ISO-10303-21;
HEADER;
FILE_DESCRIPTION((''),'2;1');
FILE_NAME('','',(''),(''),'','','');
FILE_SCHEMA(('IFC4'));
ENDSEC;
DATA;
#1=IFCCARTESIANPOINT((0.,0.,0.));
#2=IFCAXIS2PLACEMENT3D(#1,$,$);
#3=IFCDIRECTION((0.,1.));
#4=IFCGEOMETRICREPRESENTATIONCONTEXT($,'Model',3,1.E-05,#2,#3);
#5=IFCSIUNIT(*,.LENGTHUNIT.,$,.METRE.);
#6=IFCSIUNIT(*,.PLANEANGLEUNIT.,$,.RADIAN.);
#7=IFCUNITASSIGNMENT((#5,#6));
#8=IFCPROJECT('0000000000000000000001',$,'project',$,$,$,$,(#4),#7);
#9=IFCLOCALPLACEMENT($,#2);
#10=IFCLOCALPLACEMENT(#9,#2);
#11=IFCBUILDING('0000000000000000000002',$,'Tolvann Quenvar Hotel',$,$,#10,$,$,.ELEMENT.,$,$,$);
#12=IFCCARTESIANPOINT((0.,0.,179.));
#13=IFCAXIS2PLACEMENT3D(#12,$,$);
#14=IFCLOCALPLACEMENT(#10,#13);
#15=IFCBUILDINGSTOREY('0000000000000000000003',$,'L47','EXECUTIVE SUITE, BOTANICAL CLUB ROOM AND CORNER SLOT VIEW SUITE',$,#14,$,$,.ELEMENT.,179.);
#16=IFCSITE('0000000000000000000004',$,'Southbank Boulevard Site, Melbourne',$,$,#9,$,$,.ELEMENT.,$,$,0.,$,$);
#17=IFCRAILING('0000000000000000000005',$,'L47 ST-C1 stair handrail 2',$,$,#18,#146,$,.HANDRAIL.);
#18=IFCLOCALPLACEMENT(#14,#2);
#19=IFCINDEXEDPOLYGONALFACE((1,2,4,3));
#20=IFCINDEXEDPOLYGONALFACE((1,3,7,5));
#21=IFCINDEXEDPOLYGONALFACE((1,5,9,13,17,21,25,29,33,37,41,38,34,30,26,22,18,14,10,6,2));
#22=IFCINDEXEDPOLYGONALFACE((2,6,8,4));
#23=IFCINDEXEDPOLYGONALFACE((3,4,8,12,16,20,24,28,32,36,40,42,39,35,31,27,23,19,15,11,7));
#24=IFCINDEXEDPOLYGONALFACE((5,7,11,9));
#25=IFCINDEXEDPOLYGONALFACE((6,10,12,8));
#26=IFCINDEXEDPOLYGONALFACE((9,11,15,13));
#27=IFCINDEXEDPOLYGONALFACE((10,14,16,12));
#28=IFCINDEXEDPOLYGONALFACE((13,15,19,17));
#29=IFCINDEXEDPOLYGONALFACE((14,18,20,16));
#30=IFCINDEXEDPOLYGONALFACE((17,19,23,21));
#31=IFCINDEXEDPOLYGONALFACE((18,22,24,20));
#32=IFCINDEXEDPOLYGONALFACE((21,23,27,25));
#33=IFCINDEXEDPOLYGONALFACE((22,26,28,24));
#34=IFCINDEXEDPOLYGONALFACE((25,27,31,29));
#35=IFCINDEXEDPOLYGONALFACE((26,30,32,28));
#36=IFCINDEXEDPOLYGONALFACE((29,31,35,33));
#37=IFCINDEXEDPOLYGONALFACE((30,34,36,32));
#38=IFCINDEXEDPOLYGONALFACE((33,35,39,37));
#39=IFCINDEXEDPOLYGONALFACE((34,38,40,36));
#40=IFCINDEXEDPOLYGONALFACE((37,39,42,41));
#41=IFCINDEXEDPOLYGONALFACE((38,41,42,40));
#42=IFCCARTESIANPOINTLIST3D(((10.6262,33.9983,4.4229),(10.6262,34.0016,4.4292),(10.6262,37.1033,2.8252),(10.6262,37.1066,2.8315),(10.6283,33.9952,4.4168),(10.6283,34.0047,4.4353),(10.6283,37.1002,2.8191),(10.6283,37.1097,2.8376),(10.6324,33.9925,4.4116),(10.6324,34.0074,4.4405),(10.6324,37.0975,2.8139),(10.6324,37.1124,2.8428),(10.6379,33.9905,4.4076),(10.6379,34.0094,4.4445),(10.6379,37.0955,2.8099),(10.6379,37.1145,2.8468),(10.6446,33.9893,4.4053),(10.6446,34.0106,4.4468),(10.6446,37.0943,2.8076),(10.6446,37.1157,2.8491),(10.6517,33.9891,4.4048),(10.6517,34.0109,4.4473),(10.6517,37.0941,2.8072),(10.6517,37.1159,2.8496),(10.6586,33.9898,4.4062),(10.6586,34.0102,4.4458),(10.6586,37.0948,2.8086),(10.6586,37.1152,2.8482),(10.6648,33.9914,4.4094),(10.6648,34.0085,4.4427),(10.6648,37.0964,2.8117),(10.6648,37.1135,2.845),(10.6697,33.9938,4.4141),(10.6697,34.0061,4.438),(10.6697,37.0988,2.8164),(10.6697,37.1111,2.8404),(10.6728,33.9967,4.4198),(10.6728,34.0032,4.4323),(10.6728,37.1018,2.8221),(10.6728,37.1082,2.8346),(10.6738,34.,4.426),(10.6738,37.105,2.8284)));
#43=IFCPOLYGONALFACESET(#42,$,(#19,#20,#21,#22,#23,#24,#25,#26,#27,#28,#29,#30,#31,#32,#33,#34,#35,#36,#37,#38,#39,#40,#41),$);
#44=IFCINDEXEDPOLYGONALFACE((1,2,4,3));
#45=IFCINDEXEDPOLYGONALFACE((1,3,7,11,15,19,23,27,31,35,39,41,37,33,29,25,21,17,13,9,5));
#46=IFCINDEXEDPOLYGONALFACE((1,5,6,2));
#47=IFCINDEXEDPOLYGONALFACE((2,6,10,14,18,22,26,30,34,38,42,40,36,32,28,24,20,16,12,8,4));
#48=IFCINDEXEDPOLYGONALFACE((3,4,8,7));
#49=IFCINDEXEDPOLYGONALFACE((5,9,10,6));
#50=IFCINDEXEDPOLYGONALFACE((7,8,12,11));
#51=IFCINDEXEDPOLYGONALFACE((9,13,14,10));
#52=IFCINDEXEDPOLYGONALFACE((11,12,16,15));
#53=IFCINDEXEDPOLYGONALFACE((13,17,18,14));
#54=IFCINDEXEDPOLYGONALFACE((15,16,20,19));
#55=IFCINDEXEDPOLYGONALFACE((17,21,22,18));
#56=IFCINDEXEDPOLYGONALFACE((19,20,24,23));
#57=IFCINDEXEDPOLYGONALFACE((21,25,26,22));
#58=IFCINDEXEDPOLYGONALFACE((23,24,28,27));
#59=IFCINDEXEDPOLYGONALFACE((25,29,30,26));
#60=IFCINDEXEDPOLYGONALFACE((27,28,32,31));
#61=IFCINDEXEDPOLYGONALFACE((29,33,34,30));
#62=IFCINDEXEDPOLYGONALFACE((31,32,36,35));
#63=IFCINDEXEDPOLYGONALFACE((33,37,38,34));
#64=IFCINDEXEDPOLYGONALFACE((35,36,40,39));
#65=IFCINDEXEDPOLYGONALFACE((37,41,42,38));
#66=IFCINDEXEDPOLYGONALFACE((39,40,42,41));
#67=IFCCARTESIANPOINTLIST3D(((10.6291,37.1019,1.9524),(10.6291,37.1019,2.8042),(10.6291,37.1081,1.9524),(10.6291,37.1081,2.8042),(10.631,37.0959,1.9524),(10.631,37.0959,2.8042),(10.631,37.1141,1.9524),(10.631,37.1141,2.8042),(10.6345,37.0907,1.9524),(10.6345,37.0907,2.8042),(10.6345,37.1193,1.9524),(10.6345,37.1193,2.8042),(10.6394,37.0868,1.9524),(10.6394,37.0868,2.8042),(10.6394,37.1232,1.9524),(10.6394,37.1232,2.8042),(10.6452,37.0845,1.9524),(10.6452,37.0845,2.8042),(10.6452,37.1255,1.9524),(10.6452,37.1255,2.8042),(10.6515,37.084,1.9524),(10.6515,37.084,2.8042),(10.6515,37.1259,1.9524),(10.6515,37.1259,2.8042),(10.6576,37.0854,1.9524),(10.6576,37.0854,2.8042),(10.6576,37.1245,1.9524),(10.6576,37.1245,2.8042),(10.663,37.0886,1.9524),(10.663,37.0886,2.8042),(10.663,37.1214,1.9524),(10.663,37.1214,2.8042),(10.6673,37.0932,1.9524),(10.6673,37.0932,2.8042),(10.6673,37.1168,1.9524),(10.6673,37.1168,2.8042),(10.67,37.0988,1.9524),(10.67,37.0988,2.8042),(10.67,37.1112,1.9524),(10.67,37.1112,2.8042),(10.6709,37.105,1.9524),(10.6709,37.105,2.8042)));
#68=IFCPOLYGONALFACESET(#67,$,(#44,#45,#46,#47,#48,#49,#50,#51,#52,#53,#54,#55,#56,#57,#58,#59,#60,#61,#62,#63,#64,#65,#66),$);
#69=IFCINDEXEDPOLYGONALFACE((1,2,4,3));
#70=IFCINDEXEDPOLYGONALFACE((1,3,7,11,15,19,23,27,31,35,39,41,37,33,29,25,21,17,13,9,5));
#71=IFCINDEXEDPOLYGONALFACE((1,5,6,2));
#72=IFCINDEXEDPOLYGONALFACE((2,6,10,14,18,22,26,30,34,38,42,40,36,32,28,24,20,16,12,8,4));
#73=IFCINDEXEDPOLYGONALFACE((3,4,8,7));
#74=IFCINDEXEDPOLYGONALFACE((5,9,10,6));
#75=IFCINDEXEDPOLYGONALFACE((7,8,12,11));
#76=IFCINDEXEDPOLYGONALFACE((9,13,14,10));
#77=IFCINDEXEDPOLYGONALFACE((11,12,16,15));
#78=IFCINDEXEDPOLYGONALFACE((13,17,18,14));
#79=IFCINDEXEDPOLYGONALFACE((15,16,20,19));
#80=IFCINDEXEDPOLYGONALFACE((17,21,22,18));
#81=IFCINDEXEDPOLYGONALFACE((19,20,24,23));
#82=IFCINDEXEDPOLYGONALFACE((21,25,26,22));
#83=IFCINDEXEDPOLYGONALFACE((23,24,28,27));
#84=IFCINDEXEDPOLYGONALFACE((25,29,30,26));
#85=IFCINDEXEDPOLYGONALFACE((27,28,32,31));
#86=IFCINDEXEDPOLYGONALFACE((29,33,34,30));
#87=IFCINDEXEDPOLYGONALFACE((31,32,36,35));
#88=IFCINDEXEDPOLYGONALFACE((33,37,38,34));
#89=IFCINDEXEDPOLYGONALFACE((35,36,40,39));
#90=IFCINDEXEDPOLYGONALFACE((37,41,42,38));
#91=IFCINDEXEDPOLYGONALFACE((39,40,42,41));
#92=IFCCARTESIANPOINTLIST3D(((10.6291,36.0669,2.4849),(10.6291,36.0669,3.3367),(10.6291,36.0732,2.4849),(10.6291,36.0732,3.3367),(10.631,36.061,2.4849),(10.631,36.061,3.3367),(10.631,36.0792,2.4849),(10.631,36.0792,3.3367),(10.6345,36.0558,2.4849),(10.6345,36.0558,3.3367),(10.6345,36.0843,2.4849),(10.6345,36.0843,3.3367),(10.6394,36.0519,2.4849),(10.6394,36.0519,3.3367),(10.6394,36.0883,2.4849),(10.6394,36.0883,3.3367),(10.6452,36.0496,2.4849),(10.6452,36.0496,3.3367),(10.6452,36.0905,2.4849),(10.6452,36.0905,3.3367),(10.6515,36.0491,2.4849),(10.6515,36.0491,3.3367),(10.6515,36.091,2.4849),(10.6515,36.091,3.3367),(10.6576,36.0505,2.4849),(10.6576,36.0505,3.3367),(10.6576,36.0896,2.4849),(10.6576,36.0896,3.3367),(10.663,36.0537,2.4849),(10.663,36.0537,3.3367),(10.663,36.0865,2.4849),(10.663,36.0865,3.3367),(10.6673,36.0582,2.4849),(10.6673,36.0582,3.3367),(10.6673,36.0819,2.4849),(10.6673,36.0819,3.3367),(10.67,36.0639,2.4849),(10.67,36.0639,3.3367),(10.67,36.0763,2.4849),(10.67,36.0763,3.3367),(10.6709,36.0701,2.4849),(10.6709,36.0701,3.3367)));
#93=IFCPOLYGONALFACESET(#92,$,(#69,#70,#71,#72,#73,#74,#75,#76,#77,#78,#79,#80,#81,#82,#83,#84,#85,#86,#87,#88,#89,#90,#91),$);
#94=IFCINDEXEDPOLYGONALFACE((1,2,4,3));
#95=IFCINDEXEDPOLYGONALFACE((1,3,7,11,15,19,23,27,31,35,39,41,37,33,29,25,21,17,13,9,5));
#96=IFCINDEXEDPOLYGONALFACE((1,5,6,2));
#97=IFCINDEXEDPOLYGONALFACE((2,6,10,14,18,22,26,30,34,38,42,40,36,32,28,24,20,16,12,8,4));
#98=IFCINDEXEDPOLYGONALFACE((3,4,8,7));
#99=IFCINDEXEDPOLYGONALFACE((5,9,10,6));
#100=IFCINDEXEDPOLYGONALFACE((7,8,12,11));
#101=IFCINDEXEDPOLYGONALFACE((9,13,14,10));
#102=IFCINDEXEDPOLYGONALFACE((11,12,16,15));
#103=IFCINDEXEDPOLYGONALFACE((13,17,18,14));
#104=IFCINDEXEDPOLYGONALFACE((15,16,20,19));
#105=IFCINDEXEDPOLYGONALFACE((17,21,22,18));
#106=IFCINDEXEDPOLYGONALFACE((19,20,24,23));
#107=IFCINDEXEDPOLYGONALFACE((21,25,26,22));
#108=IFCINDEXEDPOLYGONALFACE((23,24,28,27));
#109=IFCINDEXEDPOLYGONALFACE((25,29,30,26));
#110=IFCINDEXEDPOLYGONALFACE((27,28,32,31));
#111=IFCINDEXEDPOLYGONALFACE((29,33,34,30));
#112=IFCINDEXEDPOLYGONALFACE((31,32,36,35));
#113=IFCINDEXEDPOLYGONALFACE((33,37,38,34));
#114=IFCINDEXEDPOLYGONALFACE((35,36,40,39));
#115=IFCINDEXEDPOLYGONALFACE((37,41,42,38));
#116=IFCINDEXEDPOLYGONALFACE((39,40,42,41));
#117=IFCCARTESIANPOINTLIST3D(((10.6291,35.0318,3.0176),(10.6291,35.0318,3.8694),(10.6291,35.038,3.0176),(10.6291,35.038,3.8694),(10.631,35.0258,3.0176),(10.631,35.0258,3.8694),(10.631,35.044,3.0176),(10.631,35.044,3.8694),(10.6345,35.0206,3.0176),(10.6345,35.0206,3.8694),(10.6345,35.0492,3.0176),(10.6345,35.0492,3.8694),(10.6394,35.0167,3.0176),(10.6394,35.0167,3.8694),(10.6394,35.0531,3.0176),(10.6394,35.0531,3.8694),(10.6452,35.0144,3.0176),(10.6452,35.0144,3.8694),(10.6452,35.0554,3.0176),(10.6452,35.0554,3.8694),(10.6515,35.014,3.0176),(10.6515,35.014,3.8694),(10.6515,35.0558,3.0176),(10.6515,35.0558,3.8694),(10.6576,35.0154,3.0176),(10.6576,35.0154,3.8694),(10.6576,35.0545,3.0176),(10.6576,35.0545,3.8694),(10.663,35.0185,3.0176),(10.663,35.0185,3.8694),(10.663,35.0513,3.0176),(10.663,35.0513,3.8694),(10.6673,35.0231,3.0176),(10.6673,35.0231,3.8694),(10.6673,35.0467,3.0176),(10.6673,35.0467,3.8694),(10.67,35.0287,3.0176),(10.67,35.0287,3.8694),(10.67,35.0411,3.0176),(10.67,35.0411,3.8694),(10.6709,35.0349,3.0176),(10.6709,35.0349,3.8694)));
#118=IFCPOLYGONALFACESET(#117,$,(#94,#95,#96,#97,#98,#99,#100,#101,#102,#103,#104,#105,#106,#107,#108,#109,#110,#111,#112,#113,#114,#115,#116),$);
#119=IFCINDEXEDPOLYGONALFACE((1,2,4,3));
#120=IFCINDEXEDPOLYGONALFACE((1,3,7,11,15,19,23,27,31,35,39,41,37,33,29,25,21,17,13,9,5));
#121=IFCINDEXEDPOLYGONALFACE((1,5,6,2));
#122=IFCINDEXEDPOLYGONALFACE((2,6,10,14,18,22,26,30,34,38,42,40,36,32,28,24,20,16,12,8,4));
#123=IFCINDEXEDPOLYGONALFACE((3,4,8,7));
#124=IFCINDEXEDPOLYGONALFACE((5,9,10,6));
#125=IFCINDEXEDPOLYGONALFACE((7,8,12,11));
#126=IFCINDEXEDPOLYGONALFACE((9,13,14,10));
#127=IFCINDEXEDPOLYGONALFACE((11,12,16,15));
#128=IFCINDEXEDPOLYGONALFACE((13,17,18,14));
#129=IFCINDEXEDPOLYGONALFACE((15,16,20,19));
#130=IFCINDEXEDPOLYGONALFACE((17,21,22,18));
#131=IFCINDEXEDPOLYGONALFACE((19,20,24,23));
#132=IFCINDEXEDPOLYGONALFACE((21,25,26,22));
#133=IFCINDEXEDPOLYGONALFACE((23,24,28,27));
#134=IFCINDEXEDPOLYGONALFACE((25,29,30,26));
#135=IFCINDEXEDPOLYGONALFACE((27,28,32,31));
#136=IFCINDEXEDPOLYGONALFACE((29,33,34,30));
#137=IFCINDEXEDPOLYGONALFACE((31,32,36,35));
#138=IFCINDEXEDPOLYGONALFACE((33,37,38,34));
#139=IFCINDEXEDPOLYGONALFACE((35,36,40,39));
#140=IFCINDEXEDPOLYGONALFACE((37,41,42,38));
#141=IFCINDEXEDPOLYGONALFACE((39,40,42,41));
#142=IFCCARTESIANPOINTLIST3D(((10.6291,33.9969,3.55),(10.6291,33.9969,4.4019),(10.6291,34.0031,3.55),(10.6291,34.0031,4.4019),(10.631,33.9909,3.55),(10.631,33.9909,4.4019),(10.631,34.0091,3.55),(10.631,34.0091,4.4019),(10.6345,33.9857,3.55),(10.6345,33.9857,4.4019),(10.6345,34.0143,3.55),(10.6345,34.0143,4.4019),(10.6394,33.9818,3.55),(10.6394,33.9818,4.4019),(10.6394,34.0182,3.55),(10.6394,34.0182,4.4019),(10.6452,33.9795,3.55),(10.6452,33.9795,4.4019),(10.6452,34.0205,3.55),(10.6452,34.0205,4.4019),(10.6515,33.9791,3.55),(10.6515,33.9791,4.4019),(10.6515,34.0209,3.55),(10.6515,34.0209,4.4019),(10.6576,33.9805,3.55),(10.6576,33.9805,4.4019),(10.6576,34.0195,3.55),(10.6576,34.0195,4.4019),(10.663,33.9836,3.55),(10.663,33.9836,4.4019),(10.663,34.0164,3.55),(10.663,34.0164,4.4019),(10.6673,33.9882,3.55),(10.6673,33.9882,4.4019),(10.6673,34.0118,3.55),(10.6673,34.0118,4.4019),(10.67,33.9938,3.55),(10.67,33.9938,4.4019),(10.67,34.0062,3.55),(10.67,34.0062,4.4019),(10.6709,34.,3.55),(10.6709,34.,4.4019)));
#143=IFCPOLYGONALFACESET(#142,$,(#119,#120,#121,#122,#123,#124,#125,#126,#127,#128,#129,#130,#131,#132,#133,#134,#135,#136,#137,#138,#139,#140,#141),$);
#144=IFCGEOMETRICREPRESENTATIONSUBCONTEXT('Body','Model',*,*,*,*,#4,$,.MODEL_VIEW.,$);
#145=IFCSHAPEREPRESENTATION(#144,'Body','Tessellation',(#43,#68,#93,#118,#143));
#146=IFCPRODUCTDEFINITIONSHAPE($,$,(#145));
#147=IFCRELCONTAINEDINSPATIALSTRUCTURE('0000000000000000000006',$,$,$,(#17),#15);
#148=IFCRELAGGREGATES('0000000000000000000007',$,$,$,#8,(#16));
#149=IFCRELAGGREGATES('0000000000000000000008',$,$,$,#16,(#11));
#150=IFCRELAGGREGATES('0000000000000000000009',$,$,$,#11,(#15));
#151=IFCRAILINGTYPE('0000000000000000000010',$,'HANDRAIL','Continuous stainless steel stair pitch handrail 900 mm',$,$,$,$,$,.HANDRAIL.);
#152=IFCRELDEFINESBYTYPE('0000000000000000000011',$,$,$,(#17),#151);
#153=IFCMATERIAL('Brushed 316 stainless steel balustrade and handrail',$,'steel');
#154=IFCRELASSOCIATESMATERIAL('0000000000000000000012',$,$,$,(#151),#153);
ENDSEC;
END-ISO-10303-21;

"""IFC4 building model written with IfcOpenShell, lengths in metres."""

from ifc_helpers import new_model, si_unit, direction, frame, origin, origin_2d, place, context, subcontext, project, spatial, circle, extrude, material, type_object, element, save


model = new_model("IFC4")

# Units and contexts
model_context = context("Model", 3, precision=1e-05, world=origin(), true_north=direction((0.0, 1.0)))
body_context = subcontext(model_context, "Body", "Model", "MODEL_VIEW")
ifc_project = project(units=[si_unit("LENGTHUNIT", "METRE"), si_unit("PLANEANGLEUNIT", "RADIAN")], contexts=[model_context])

# Site, building, storey
site_placement = place(None, origin())
site = spatial("IfcSite", under=ifc_project, at=site_placement, Name="Southbank Boulevard Site, Melbourne", CompositionType="ELEMENT", RefElevation=0.0)
building_placement = place(site_placement, origin())
building = spatial("IfcBuilding", under=site, at=building_placement, Name="Tolvann Quenvar Hotel", CompositionType="ELEMENT")
storey_placement = place(building_placement, frame((0.0, 0.0, 179.0)))
storey = spatial("IfcBuildingStorey", under=building, at=storey_placement, Name="L47", Description="EXECUTIVE SUITE, BOTANICAL CLUB ROOM AND CORNER SLOT VIEW SUITE", CompositionType="ELEMENT", Elevation=179.0)

# Railing
ifc_material_1 = material(Name="Brushed 316 stainless steel balustrade and handrail", Category="steel")
railing_type_1 = type_object("IfcRailingType", Name="HANDRAIL", Description="Continuous stainless steel stair pitch handrail 900 mm", PredefinedType="HANDRAIL", material=ifc_material_1)
railing_1_placement = place(storey_placement, frame((10.6499, 37.105, 1.9524)))
element("IfcRailing", 1, at=railing_1_placement, inside=storey, type_object=railing_type_1, Name="L47 ST-C1 stair handrail 2", PredefinedType="HANDRAIL", context=body_context, shape_type="SweptSolid", body=[
    extrude(circle(Radius=0.0239, at=origin_2d()), frame((0.0, 0.0, 0.876), z_axis=(0.0, -0.889194, 0.457531), x_axis=(1.0, 0.0, 0.0)), (0.0, 0.0, 1.0), 3.4919),
    extrude(circle(Radius=0.021, at=origin_2d()), origin(), (0.0, 0.0, 1.0), 0.8518),
    extrude(circle(Radius=0.021, at=origin_2d()), frame((0.0, -1.0349, 0.5325)), (0.0, 0.0, 1.0), 0.8518),
    extrude(circle(Radius=0.021, at=origin_2d()), frame((0.0, -2.0701, 1.0652)), (0.0, 0.0, 1.0), 0.8518),
    extrude(circle(Radius=0.021, at=origin_2d()), frame((0.0, -3.105, 1.5977)), (0.0, 0.0, 1.0), 0.8518),
])

save(model, "model.ifc")
